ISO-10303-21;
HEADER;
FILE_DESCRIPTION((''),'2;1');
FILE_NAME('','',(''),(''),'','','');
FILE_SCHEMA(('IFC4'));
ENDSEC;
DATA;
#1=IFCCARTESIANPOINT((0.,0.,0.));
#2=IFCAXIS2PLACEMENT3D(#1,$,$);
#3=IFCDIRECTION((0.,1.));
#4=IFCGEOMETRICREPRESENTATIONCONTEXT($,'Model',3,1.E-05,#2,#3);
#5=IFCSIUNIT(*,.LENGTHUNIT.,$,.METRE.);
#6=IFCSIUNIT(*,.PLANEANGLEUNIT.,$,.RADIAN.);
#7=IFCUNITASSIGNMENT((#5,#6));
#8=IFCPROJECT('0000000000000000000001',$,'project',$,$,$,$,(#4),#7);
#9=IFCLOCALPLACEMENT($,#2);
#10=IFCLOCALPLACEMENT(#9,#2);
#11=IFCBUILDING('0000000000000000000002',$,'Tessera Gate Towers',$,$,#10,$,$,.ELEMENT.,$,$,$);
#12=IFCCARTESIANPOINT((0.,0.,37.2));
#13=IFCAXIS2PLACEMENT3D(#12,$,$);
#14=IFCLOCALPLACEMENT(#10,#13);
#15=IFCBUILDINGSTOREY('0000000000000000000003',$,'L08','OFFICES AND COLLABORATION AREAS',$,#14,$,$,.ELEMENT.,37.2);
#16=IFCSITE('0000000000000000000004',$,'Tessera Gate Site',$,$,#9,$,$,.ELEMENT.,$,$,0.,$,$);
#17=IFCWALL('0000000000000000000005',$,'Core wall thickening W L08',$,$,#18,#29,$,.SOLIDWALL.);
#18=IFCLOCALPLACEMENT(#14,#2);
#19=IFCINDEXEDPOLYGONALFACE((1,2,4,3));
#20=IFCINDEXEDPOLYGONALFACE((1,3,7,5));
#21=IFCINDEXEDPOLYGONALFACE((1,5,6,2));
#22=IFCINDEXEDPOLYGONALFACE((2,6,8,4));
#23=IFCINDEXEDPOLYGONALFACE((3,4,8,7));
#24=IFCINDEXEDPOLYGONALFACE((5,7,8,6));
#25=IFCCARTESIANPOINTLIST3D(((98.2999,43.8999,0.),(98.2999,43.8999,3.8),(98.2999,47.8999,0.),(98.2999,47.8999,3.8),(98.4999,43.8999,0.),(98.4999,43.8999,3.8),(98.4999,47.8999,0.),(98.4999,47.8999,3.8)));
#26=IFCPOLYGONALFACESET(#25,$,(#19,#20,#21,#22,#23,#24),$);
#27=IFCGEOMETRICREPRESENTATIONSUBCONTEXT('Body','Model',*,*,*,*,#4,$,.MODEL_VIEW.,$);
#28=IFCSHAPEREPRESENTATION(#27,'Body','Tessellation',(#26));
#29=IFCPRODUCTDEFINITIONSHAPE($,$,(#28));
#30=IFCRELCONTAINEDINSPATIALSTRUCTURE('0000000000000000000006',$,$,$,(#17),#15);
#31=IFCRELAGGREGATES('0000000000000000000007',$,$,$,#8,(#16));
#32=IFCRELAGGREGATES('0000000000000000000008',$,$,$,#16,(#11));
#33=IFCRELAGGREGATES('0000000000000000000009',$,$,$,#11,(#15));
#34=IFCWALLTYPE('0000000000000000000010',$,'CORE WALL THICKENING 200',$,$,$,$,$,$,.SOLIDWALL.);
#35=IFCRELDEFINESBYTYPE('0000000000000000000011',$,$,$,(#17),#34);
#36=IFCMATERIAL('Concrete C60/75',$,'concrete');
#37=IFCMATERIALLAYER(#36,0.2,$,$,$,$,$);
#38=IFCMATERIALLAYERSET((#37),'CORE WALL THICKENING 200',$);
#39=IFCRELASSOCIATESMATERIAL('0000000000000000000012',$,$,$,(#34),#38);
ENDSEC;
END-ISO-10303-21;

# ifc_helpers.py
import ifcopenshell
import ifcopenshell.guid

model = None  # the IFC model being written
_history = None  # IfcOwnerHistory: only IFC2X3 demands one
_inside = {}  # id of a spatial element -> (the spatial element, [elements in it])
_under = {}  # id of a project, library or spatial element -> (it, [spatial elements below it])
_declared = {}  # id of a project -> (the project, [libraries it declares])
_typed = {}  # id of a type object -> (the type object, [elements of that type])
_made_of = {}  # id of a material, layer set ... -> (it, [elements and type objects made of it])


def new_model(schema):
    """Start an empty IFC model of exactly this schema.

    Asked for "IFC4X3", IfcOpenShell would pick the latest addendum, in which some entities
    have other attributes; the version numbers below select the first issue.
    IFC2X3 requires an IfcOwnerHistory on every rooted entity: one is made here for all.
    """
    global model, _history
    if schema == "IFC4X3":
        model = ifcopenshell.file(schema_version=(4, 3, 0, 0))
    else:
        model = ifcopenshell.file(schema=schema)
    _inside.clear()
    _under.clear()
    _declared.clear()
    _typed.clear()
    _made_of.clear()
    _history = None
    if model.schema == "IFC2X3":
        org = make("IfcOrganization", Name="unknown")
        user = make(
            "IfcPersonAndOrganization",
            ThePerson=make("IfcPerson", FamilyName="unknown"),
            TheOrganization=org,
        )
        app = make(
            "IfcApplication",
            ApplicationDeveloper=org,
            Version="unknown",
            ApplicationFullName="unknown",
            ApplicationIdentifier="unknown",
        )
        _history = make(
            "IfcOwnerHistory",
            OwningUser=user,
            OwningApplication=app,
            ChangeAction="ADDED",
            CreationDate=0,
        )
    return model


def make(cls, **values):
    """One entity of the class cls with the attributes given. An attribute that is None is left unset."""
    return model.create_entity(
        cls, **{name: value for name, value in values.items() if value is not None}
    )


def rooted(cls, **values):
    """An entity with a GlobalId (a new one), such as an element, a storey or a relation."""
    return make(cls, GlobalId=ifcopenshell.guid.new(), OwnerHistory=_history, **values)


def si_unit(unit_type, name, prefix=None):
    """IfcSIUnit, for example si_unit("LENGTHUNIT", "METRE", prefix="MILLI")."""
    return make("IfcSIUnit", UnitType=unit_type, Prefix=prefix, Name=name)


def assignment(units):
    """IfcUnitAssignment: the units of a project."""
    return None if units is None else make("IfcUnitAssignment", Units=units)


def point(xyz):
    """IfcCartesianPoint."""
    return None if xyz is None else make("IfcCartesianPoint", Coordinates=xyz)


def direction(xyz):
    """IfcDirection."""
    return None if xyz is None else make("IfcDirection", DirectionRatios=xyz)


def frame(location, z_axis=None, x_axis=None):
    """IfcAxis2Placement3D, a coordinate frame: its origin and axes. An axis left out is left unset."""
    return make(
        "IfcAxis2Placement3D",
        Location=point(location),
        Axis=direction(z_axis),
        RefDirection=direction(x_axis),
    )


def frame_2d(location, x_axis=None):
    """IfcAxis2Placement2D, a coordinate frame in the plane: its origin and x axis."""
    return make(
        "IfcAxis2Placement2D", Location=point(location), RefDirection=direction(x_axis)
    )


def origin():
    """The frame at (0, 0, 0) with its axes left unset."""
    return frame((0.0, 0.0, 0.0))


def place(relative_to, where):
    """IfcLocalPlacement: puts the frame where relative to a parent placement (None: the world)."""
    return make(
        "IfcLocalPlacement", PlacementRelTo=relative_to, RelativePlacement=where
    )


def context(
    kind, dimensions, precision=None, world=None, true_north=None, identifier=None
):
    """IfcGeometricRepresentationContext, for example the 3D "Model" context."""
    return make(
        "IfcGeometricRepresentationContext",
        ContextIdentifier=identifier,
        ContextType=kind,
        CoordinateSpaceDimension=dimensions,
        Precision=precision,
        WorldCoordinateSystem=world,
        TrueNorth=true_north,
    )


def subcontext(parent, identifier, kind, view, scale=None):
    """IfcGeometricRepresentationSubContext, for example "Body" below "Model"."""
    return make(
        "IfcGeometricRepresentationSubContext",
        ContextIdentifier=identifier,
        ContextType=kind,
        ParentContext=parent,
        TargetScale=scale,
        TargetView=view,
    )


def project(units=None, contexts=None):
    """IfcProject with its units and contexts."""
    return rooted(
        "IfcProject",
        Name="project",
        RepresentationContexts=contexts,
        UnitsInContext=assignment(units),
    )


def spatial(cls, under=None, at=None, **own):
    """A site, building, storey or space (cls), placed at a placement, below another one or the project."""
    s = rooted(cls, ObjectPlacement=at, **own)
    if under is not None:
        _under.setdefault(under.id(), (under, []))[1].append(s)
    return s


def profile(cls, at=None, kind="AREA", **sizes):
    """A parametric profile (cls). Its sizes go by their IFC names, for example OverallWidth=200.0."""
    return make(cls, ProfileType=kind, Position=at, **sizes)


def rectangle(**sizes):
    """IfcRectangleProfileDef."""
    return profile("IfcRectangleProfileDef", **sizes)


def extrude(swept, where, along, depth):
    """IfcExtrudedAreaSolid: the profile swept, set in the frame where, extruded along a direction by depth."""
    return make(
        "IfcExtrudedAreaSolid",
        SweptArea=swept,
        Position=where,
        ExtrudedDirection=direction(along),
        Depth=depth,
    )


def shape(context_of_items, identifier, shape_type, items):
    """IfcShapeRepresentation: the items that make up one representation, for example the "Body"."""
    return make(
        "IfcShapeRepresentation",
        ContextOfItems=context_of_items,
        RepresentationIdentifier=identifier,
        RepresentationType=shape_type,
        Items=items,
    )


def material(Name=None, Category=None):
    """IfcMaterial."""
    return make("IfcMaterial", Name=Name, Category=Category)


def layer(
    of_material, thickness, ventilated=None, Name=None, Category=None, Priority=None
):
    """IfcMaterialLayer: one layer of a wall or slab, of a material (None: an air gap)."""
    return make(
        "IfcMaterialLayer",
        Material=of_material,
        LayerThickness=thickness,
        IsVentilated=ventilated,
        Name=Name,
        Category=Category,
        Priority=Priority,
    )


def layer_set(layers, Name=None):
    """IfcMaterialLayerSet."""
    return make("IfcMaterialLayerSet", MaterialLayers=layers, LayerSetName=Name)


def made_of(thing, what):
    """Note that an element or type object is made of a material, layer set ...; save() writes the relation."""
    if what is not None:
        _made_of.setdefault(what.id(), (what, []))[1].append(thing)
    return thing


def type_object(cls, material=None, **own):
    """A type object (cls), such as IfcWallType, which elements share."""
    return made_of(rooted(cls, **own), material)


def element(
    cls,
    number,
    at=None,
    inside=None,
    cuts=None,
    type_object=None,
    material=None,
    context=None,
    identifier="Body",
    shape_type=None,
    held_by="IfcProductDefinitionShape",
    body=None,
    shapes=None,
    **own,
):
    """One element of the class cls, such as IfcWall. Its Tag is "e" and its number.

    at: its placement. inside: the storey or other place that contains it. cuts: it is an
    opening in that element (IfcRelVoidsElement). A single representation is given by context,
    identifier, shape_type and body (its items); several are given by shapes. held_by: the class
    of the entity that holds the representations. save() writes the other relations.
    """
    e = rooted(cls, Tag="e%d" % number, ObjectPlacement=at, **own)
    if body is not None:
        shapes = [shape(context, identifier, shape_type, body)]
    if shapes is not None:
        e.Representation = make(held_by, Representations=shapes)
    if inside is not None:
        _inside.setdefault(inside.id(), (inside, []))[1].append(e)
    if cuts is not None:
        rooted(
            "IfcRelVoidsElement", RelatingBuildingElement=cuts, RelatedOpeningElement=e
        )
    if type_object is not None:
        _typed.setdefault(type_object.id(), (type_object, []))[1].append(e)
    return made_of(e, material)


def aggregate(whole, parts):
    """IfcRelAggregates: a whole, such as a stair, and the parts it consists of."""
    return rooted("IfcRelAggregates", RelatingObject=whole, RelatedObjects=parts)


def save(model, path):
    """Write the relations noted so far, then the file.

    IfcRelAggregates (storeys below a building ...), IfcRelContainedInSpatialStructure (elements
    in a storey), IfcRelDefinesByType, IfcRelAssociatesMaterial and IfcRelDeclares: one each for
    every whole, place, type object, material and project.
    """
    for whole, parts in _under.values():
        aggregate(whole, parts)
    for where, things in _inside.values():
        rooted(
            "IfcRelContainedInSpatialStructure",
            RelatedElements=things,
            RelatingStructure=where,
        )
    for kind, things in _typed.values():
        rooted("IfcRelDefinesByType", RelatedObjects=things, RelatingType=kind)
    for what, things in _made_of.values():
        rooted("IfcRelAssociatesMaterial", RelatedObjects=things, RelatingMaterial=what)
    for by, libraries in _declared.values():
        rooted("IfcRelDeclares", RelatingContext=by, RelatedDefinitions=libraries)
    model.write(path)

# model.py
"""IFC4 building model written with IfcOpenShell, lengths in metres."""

from ifc_helpers import new_model, si_unit, direction, frame, frame_2d, origin, place, context, subcontext, project, spatial, rectangle, extrude, material, layer, layer_set, type_object, element, save


model = new_model("IFC4")

# Units and contexts
model_context = context("Model", 3, precision=1e-05, world=origin(), true_north=direction((0.0, 1.0)))
body_context = subcontext(model_context, "Body", "Model", "MODEL_VIEW")
ifc_project = project(units=[si_unit("LENGTHUNIT", "METRE"), si_unit("PLANEANGLEUNIT", "RADIAN")], contexts=[model_context])

# Site, building, storey
site_placement = place(None, origin())
site = spatial("IfcSite", under=ifc_project, at=site_placement, Name="Tessera Gate Site", CompositionType="ELEMENT", RefElevation=0.0)
building_placement = place(site_placement, origin())
building = spatial("IfcBuilding", under=site, at=building_placement, Name="Tessera Gate Towers", CompositionType="ELEMENT")
storey_placement = place(building_placement, frame((0.0, 0.0, 37.2)))
storey = spatial("IfcBuildingStorey", under=building, at=storey_placement, Name="L08", Description="OFFICES AND COLLABORATION AREAS", CompositionType="ELEMENT", Elevation=37.2)

# Wall
ifc_material_1 = material(Name="Concrete C60/75", Category="concrete")
ifc_layer_1 = layer(ifc_material_1, 0.2)
ifc_layer_set_1 = layer_set([ifc_layer_1], Name="CORE WALL THICKENING 200")
wall_type_1 = type_object("IfcWallType", Name="CORE WALL THICKENING 200", PredefinedType="SOLIDWALL", material=ifc_layer_set_1)
wall_1_placement = place(storey_placement, frame((98.3999, 43.8999, 0.0), z_axis=(0.0, 0.0, 1.0), x_axis=(0.0, 1.0, 0.0)))
element("IfcWall", 1, at=wall_1_placement, inside=storey, type_object=wall_type_1, Name="Core wall thickening W L08", PredefinedType="SOLIDWALL", context=body_context, shape_type="SweptSolid", body=[
    extrude(rectangle(XDim=4.0, YDim=0.2, at=frame_2d((2.0, 0.0))), origin(), (0.0, 0.0, 1.0), 3.8),
])

save(model, "model.ifc")
